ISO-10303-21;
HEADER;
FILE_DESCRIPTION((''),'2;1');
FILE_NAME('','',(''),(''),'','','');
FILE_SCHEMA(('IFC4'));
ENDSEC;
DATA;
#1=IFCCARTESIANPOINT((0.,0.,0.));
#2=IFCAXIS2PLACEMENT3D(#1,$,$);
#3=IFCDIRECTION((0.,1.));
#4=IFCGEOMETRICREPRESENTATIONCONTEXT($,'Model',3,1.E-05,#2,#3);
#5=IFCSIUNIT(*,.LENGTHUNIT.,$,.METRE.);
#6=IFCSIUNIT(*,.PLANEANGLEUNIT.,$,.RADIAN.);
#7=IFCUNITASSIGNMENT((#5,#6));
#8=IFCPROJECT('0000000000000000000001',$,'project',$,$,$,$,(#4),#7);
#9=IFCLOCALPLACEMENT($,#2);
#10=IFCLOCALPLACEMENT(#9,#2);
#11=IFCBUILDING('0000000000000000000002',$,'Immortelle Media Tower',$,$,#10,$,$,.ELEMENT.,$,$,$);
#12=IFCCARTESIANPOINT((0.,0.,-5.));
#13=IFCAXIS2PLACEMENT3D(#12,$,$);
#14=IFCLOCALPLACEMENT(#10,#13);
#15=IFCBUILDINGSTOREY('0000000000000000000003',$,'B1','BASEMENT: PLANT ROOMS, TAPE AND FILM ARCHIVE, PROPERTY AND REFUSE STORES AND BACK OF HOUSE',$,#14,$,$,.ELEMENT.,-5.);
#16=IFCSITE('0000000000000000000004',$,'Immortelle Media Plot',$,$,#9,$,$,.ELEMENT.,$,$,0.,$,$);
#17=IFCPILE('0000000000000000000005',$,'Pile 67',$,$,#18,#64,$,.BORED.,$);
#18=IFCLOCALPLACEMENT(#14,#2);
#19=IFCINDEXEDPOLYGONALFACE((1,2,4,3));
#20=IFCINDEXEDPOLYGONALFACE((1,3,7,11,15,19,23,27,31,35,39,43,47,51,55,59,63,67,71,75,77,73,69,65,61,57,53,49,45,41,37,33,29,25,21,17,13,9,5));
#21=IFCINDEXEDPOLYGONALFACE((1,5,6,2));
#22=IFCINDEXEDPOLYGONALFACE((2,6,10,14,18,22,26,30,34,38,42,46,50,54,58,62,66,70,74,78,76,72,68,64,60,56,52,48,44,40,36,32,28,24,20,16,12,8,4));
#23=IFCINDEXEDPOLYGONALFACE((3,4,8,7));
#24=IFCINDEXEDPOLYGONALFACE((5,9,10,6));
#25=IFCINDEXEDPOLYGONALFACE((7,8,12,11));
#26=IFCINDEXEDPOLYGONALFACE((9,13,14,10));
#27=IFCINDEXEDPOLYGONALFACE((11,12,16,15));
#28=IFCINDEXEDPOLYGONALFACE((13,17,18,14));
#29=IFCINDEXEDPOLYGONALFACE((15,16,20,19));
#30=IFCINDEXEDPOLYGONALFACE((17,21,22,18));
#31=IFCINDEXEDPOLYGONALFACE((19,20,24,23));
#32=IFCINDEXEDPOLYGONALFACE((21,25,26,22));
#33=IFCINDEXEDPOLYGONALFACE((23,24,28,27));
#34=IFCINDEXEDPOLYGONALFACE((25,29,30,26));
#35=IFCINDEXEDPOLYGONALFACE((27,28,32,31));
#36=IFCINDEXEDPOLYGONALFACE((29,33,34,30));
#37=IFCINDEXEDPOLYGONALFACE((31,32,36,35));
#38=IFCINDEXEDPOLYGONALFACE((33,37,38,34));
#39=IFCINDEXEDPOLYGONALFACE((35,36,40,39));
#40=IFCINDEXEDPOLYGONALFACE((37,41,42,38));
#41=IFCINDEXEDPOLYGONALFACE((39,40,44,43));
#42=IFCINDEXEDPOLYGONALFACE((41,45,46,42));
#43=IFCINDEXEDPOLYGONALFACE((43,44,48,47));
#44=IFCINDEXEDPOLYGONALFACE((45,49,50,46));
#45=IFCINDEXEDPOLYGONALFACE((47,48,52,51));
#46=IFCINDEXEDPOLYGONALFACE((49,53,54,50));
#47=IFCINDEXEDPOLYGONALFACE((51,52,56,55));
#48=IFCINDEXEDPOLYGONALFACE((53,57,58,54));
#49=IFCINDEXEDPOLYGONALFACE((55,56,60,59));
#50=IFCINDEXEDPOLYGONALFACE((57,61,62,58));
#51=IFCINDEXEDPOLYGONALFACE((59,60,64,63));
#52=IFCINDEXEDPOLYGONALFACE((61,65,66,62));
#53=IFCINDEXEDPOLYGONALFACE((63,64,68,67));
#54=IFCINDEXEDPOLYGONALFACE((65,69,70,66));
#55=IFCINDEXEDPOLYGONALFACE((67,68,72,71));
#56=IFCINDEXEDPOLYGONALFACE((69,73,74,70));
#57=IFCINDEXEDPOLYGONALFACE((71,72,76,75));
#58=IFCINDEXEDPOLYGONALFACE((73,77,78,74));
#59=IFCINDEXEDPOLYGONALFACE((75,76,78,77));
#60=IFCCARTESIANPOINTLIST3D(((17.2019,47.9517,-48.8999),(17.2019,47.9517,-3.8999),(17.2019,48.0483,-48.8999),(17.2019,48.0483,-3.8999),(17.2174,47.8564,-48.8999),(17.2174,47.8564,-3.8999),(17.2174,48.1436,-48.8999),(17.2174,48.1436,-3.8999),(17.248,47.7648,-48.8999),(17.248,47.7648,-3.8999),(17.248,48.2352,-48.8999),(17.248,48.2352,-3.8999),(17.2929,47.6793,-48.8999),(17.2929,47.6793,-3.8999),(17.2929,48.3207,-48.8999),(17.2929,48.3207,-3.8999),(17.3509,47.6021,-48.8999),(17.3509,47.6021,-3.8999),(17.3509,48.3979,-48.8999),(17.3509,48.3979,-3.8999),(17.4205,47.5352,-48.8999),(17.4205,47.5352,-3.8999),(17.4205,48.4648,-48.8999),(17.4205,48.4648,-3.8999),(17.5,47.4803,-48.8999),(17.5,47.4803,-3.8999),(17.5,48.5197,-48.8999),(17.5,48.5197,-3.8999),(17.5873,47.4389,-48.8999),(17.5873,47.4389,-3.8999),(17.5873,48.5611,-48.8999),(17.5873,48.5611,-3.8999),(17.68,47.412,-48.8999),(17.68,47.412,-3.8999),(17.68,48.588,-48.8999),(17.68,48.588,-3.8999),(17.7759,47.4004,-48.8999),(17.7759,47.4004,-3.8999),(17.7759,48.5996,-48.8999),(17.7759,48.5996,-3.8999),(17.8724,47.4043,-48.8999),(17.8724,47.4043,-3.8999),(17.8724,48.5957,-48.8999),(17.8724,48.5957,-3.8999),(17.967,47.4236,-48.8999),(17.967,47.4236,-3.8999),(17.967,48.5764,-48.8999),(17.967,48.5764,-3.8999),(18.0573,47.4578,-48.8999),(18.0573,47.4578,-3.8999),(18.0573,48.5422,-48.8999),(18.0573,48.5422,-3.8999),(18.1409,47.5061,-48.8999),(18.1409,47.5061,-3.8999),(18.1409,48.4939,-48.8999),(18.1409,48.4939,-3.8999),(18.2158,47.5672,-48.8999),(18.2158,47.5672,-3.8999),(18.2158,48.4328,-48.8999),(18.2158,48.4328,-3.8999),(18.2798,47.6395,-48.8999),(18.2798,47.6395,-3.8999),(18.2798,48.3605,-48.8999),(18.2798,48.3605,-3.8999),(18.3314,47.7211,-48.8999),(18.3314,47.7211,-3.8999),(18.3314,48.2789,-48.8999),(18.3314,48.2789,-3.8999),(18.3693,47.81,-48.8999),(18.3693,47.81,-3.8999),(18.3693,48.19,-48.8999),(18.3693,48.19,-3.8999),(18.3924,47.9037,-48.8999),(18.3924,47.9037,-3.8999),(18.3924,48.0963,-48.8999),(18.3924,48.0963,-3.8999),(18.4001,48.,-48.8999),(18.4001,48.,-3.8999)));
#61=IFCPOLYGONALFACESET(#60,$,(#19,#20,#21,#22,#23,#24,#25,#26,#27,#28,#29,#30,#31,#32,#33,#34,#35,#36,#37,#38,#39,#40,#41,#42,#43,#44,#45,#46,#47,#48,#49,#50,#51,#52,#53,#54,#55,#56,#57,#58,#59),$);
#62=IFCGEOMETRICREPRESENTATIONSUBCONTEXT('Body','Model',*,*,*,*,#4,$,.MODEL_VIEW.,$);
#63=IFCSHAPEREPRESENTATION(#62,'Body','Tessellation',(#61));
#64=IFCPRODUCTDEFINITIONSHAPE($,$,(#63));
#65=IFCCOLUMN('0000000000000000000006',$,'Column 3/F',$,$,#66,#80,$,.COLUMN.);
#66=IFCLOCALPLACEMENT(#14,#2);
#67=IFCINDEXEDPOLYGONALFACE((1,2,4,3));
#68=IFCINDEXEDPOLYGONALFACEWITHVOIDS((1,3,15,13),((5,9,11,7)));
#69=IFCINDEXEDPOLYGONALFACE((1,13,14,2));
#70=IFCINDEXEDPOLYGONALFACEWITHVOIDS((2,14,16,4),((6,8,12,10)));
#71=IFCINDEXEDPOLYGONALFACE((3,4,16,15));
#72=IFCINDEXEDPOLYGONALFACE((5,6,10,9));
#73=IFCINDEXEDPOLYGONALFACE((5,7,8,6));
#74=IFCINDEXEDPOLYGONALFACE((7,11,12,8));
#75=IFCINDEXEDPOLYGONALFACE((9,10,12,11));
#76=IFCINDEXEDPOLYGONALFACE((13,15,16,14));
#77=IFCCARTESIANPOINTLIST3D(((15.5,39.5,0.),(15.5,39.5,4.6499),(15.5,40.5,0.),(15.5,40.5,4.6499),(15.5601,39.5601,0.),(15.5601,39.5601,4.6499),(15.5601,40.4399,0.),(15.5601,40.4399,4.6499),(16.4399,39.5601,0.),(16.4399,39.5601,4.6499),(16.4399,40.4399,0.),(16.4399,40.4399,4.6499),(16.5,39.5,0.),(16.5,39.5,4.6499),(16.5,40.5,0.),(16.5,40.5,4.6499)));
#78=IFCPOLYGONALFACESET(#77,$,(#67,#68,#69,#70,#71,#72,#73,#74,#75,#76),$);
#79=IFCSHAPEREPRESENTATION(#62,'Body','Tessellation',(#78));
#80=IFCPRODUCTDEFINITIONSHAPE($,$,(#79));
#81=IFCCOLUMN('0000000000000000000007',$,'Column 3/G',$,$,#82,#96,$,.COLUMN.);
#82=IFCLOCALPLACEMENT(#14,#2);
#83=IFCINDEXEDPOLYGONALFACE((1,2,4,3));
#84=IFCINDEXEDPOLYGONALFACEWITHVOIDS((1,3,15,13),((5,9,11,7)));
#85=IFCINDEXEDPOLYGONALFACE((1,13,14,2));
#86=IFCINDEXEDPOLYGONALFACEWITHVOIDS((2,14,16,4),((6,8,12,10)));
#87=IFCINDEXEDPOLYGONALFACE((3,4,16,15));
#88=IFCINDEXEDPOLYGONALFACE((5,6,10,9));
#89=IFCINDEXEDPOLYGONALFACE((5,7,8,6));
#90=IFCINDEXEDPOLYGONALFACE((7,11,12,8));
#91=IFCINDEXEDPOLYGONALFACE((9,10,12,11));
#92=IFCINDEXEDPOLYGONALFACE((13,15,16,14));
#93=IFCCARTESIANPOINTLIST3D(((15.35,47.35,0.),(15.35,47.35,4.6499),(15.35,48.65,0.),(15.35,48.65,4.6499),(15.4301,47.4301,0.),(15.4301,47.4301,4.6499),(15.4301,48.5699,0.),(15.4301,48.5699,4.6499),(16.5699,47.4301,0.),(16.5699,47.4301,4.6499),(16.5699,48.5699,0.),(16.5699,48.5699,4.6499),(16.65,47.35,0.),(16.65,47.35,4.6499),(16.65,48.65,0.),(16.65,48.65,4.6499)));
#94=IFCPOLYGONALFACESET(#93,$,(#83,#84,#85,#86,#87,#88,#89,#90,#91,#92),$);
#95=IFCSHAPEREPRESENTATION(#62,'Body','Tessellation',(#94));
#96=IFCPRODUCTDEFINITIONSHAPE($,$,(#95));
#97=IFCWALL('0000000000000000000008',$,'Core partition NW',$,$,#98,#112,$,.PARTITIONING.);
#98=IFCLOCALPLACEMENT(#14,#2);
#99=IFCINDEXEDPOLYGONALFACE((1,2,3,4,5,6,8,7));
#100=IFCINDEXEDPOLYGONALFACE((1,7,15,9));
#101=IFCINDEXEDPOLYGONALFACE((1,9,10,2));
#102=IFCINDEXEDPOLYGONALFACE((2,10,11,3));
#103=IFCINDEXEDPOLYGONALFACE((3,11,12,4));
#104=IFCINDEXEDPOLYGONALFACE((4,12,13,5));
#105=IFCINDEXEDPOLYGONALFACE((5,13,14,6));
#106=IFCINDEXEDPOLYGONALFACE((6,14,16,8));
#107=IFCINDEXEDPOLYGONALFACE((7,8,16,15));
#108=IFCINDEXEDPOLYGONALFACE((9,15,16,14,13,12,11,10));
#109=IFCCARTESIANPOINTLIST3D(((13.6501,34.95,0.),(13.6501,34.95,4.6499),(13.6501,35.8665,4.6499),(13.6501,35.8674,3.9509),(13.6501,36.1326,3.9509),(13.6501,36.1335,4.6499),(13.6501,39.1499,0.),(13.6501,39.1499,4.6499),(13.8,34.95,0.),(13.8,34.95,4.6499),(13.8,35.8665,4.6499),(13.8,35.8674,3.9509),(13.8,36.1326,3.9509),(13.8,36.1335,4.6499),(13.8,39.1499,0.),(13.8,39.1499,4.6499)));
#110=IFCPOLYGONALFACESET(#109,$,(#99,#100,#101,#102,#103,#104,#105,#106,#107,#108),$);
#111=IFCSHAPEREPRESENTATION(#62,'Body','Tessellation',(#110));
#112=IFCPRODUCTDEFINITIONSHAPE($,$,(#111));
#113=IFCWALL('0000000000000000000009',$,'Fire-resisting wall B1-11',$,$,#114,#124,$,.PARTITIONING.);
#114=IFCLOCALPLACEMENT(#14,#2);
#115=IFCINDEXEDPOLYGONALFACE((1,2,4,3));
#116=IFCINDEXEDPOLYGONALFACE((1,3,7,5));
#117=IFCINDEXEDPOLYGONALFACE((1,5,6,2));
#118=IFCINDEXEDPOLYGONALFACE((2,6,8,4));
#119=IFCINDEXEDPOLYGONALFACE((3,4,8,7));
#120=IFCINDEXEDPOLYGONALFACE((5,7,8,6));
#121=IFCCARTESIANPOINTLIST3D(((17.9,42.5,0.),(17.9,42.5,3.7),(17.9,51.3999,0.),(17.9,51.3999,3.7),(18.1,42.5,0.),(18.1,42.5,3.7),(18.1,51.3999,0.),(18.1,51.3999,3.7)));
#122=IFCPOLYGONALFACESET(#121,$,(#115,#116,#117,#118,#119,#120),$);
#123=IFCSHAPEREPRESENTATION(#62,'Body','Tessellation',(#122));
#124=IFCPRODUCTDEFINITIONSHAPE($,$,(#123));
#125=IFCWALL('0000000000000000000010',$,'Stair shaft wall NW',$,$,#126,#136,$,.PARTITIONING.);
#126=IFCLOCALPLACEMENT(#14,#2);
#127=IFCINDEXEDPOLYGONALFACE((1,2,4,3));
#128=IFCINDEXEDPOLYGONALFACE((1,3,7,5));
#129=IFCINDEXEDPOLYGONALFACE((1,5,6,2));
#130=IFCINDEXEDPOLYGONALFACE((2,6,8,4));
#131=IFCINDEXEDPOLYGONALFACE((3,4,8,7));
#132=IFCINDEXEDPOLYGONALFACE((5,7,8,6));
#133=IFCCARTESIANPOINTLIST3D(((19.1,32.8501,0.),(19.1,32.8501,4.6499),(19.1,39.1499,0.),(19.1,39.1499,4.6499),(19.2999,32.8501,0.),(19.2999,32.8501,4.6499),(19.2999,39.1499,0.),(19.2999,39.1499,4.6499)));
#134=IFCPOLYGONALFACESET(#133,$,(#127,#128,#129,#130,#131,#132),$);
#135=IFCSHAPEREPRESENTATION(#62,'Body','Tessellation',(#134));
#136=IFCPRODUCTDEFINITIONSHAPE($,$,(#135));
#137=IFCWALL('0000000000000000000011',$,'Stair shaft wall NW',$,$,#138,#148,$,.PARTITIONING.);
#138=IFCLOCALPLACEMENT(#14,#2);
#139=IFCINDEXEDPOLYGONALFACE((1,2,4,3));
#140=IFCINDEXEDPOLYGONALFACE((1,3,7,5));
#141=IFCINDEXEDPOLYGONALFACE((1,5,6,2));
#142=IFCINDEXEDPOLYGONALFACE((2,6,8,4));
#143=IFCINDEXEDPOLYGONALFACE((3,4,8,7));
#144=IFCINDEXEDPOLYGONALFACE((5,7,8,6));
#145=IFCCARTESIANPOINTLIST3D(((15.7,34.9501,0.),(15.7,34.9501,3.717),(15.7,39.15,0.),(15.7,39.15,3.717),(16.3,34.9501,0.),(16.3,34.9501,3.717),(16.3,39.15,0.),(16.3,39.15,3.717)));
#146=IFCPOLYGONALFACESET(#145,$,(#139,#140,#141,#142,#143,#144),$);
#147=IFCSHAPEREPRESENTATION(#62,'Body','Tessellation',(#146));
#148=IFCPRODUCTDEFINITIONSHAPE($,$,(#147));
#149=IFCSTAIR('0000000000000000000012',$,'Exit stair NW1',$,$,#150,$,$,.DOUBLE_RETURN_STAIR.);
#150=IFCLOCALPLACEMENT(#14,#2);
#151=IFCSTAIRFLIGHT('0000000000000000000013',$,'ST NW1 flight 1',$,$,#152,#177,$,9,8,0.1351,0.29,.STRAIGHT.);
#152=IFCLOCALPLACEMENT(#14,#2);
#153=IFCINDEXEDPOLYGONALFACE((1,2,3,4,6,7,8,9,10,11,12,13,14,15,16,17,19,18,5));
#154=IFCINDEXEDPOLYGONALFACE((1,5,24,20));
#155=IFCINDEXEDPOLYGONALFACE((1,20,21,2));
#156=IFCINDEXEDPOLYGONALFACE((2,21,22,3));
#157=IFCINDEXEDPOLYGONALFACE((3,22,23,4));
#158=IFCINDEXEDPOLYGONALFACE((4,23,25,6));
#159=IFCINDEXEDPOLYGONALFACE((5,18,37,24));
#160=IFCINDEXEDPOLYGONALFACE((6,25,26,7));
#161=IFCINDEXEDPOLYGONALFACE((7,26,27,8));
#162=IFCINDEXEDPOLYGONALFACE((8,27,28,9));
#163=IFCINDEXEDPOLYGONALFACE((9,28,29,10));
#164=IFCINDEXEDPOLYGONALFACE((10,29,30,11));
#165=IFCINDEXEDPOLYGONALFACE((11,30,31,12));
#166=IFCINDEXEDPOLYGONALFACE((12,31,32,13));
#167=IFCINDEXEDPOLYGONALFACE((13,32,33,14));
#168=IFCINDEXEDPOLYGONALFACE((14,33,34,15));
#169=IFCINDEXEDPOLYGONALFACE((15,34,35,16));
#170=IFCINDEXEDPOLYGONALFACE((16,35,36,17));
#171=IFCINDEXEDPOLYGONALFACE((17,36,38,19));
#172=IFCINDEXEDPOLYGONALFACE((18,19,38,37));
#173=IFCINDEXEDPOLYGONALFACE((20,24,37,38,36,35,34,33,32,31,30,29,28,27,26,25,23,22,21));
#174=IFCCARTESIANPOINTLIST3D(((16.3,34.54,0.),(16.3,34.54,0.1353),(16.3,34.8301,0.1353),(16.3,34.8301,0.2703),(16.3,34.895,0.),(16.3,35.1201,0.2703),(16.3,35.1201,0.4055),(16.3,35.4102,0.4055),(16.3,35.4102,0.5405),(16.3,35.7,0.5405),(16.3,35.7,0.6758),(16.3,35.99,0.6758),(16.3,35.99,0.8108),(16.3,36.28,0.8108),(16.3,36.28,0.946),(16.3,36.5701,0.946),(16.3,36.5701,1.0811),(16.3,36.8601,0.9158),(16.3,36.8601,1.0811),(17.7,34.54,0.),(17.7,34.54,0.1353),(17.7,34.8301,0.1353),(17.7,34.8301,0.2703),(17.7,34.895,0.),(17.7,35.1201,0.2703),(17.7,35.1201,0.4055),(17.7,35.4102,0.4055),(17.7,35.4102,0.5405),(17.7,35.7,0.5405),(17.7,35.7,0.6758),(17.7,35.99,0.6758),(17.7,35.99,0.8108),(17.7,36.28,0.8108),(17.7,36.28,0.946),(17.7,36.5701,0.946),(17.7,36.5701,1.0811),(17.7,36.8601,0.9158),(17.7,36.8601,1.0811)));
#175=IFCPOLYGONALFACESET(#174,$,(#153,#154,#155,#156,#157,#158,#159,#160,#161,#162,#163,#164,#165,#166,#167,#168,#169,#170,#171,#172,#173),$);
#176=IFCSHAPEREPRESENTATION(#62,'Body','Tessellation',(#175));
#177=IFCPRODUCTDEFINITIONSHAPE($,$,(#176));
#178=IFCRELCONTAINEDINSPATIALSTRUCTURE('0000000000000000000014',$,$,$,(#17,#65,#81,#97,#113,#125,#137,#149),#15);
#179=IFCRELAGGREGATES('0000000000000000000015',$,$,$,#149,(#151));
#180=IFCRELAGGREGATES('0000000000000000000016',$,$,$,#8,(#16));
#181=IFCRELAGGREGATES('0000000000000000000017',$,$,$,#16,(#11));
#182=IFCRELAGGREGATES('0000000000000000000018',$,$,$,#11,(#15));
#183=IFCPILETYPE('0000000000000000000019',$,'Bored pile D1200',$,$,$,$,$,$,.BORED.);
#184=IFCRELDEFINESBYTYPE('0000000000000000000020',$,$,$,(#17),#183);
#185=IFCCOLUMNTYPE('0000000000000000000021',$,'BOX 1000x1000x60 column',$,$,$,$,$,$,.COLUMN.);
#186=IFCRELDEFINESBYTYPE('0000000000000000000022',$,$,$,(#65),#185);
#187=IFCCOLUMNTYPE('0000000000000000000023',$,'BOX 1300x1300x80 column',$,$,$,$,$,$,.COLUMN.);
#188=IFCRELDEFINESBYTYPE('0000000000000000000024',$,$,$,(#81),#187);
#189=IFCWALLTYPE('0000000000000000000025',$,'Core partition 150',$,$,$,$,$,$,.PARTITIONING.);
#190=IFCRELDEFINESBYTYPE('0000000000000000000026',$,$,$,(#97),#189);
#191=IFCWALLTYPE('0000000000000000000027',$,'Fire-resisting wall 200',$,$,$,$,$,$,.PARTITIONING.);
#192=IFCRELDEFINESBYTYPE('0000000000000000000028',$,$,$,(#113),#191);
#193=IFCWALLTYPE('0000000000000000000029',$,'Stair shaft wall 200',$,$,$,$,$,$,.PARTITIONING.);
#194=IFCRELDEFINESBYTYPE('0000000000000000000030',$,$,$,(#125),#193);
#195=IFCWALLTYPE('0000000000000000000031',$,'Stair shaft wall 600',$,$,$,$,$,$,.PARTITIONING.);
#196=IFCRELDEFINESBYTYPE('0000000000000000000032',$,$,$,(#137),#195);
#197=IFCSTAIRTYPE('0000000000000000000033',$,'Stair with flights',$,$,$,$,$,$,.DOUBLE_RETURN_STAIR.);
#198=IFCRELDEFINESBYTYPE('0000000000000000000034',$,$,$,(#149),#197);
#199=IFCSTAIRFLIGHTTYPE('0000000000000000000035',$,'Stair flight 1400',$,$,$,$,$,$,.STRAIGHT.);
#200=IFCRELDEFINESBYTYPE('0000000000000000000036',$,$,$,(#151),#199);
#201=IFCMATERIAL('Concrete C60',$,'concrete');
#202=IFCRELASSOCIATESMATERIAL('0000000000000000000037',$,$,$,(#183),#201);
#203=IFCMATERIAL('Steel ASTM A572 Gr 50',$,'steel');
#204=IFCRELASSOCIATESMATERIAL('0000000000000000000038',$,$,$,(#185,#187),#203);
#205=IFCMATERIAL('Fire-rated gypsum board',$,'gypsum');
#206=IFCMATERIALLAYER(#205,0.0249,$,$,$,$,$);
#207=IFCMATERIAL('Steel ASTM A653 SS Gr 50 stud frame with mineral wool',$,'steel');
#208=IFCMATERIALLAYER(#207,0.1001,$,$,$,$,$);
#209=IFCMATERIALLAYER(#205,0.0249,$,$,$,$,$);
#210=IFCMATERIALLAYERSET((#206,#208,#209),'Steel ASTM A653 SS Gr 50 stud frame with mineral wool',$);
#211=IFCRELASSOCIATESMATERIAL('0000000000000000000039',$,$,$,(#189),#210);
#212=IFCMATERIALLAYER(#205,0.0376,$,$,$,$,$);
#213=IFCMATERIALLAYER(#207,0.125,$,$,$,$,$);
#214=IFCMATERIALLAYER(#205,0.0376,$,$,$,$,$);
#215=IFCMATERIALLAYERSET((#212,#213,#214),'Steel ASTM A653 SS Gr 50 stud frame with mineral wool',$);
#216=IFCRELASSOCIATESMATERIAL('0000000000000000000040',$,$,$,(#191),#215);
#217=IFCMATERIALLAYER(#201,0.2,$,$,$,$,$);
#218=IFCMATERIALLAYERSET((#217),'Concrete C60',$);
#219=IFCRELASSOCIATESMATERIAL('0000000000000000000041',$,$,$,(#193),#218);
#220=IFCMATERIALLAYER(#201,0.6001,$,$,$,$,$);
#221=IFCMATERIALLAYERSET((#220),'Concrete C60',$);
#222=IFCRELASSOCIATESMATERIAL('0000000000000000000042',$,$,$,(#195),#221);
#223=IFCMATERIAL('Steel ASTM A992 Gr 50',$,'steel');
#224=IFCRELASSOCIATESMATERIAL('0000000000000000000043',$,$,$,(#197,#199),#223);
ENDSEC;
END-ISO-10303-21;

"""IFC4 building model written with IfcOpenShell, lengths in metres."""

from ifc_helpers import new_model, si_unit, direction, frame, frame_2d, origin, origin_2d, place, context, subcontext, project, spatial, polyline, rectangle, hollow_rectangle, circle, outline, extrude, material, layer, layer_set, material_profile, profile_set, type_object, element, aggregate, save


model = new_model("IFC4")

# Units and contexts
model_context = context("Model", 3, precision=1e-05, world=origin(), true_north=direction((0.0, 1.0)))
body_context = subcontext(model_context, "Body", "Model", "MODEL_VIEW")
ifc_project = project(units=[si_unit("LENGTHUNIT", "METRE"), si_unit("PLANEANGLEUNIT", "RADIAN")], contexts=[model_context])

# Site, building, storey
site_placement = place(None, origin())
site = spatial("IfcSite", under=ifc_project, at=site_placement, Name="Immortelle Media Plot", CompositionType="ELEMENT", RefElevation=0.0)
building_placement = place(site_placement, origin())
building = spatial("IfcBuilding", under=site, at=building_placement, Name="Immortelle Media Tower", CompositionType="ELEMENT")
storey_placement = place(building_placement, frame((0.0, 0.0, -5.0)))
storey = spatial("IfcBuildingStorey", under=building, at=storey_placement, Name="B1", Description="BASEMENT: PLANT ROOMS, TAPE AND FILM ARCHIVE, PROPERTY AND REFUSE STORES AND BACK OF HOUSE", CompositionType="ELEMENT", Elevation=-5.0)

# Pile
ifc_material_1 = material(Name="Concrete C60", Category="concrete")
ifc_material_profile_1 = material_profile(ifc_material_1, circle(Radius=0.6001, at=origin_2d()), Name="Bored pile D1200")
ifc_profile_set_1 = profile_set([ifc_material_profile_1], Name="Concrete C60")
pile_type = type_object("IfcPileType", Name="Bored pile D1200", PredefinedType="BORED", material=ifc_profile_set_1)
for number, where, z_axis, x_axis, name in (
    (1, (17.8, 48.0, -3.8999), (0.0, 0.0, -1.0), (1.0, 0.0, 0.0), "Pile 67"),
):
    element("IfcPile", number, at=place(storey_placement, frame(where, z_axis=z_axis, x_axis=x_axis)), inside=storey, type_object=pile_type, Name=name, PredefinedType="BORED", context=body_context, shape_type="SweptSolid", body=[
        extrude(circle(Radius=0.6001, at=origin_2d()), origin(), (0.0, 0.0, 1.0), 45.0),
    ])

# Columns
ifc_material_2 = material(Name="Steel ASTM A572 Gr 50", Category="steel")
ifc_material_profile_2 = material_profile(ifc_material_2, hollow_rectangle(XDim=1.0, YDim=1.0, WallThickness=0.0601, at=origin_2d()), Name="BOX 1000x1000x60 column")
ifc_profile_set_2 = profile_set([ifc_material_profile_2], Name="Steel ASTM A572 Gr 50")
column_type_1 = type_object("IfcColumnType", Name="BOX 1000x1000x60 column", PredefinedType="COLUMN", material=ifc_profile_set_2)
column_1_placement = place(storey_placement, frame((16.0, 40.0, 0.0), z_axis=(0.0, 0.0, 1.0), x_axis=(1.0, 0.0, 0.0)))
element("IfcColumn", 2, at=column_1_placement, inside=storey, type_object=column_type_1, Name="Column 3/F", PredefinedType="COLUMN", context=body_context, shape_type="SweptSolid", body=[
    extrude(hollow_rectangle(XDim=1.0, YDim=1.0, WallThickness=0.0601, at=origin_2d()), origin(), (0.0, 0.0, 1.0), 4.6499),
])
ifc_material_profile_3 = material_profile(ifc_material_2, hollow_rectangle(XDim=1.3, YDim=1.3, WallThickness=0.0801, at=origin_2d()), Name="BOX 1300x1300x80 column")
ifc_profile_set_3 = profile_set([ifc_material_profile_3], Name="Steel ASTM A572 Gr 50")
column_type_2 = type_object("IfcColumnType", Name="BOX 1300x1300x80 column", PredefinedType="COLUMN", material=ifc_profile_set_3)
column_2_placement = place(storey_placement, frame((16.0, 48.0, 0.0), z_axis=(0.0, 0.0, 1.0), x_axis=(1.0, 0.0, 0.0)))
element("IfcColumn", 3, at=column_2_placement, inside=storey, type_object=column_type_2, Name="Column 3/G", PredefinedType="COLUMN", context=body_context, shape_type="SweptSolid", body=[
    extrude(hollow_rectangle(XDim=1.3, YDim=1.3, WallThickness=0.0801, at=origin_2d()), origin(), (0.0, 0.0, 1.0), 4.6499),
])

# Walls
ifc_material_3 = material(Name="Fire-rated gypsum board", Category="gypsum")
ifc_layer_1 = layer(ifc_material_3, 0.0249)
ifc_material_4 = material(Name="Steel ASTM A653 SS Gr 50 stud frame with mineral wool", Category="steel")
ifc_layer_2 = layer(ifc_material_4, 0.1001)
ifc_layer_3 = layer(ifc_material_3, 0.0249)
ifc_layer_set_1 = layer_set([ifc_layer_1, ifc_layer_2, ifc_layer_3], Name="Steel ASTM A653 SS Gr 50 stud frame with mineral wool")
wall_type_1 = type_object("IfcWallType", Name="Core partition 150", PredefinedType="PARTITIONING", material=ifc_layer_set_1)
wall_1_placement = place(storey_placement, frame((13.7251, 34.95, 0.0), z_axis=(0.0, 0.0, 1.0), x_axis=(0.0, 1.0, 0.0)))
element("IfcWall", 4, at=wall_1_placement, inside=storey, type_object=wall_type_1, Name="Core partition NW", PredefinedType="PARTITIONING", context=body_context, shape_type="SweptSolid", body=[
    extrude(outline(polyline([(0.0, 0.0), (4.2, 0.0), (4.2, 4.6499), (1.1836, 4.6499), (1.1826, 3.9509), (0.9175, 3.9509), (0.9165, 4.6499), (0.0, 4.6499), (0.0, 0.0)])), frame((0.0, 0.075, 0.0), z_axis=(0.0, -1.0, 0.0), x_axis=(1.0, 0.0, 0.0)), (0.0, 0.0, 1.0), 0.1499),
])
ifc_layer_4 = layer(ifc_material_3, 0.0376)
ifc_layer_5 = layer(ifc_material_4, 0.125)
ifc_layer_6 = layer(ifc_material_3, 0.0376)
ifc_layer_set_2 = layer_set([ifc_layer_4, ifc_layer_5, ifc_layer_6], Name="Steel ASTM A653 SS Gr 50 stud frame with mineral wool")
wall_type_2 = type_object("IfcWallType", Name="Fire-resisting wall 200", PredefinedType="PARTITIONING", material=ifc_layer_set_2)
wall_2_placement = place(storey_placement, frame((18.0, 42.5, 0.0), z_axis=(0.0, 0.0, 1.0), x_axis=(0.0, 1.0, 0.0)))
element("IfcWall", 5, at=wall_2_placement, inside=storey, type_object=wall_type_2, Name="Fire-resisting wall B1-11", PredefinedType="PARTITIONING", context=body_context, shape_type="SweptSolid", body=[
    extrude(rectangle(XDim=8.8999, YDim=0.2, at=frame_2d((4.45, 0.0))), origin(), (0.0, 0.0, 1.0), 3.7),
])
ifc_layer_7 = layer(ifc_material_1, 0.2)
ifc_layer_set_3 = layer_set([ifc_layer_7], Name="Concrete C60")
wall_type_3 = type_object("IfcWallType", Name="Stair shaft wall 200", PredefinedType="PARTITIONING", material=ifc_layer_set_3)
wall_3_placement = place(storey_placement, frame((19.2, 32.8501, 0.0), z_axis=(0.0, 0.0, 1.0), x_axis=(0.0, 1.0, 0.0)))
element("IfcWall", 6, at=wall_3_placement, inside=storey, type_object=wall_type_3, Name="Stair shaft wall NW", PredefinedType="PARTITIONING", context=body_context, shape_type="SweptSolid", body=[
    extrude(rectangle(XDim=6.2998, YDim=0.2, at=frame_2d((3.1499, 0.0))), origin(), (0.0, 0.0, 1.0), 4.6499),
])
ifc_layer_8 = layer(ifc_material_1, 0.6001)
ifc_layer_set_4 = layer_set([ifc_layer_8], Name="Concrete C60")
wall_type_4 = type_object("IfcWallType", Name="Stair shaft wall 600", PredefinedType="PARTITIONING", material=ifc_layer_set_4)
wall_4_placement = place(storey_placement, frame((16.0, 34.95, 0.0), z_axis=(0.0, 0.0, 1.0), x_axis=(0.0, 1.0, 0.0)))
element("IfcWall", 7, at=wall_4_placement, inside=storey, type_object=wall_type_4, Name="Stair shaft wall NW", PredefinedType="PARTITIONING", context=body_context, shape_type="SweptSolid", body=[
    extrude(rectangle(XDim=4.2, YDim=0.6001, at=frame_2d((2.1001, 0.0))), origin(), (0.0, 0.0, 1.0), 3.717),
])

# Stair, stair flight
ifc_material_5 = material(Name="Steel ASTM A992 Gr 50", Category="steel")
stair_type = type_object("IfcStairType", Name="Stair with flights", PredefinedType="DOUBLE_RETURN_STAIR", material=ifc_material_5)
stair_1_placement = place(storey_placement, origin())
stair_1 = element("IfcStair", 8, at=stair_1_placement, inside=storey, type_object=stair_type, Name="Exit stair NW1", PredefinedType="DOUBLE_RETURN_STAIR")
stair_flight_type = type_object("IfcStairFlightType", Name="Stair flight 1400", PredefinedType="STRAIGHT", material=ifc_material_5)
stair_flight_1_placement = place(storey_placement, frame((17.0, 34.54, 0.0), z_axis=(0.0, 0.0, 1.0), x_axis=(0.0, 1.0, 0.0)))
stair_flight_1 = element("IfcStairFlight", 9, at=stair_flight_1_placement, type_object=stair_flight_type, Name="ST NW1 flight 1", NumberOfRisers=9, NumberOfTreads=8, PredefinedType="STRAIGHT", RiserHeight=0.1351, TreadLength=0.29, context=body_context, shape_type="SweptSolid", body=[
    extrude(outline(polyline([(0.0, 0.0), (0.0, 0.1353), (0.29, 0.1353), (0.29, 0.2703), (0.5801, 0.2703), (0.5801, 0.4055), (0.8701, 0.4055), (0.8701, 0.5405), (1.1599, 0.5405), (1.1599, 0.6758), (1.45, 0.6758), (1.45, 0.8108), (1.74, 0.8108), (1.74, 0.946), (2.03, 0.946), (2.03, 1.0811), (2.3201, 1.0811), (2.3201, 1.2163), (2.3201, 0.9158), (0.355, 0.0), (0.0, 0.0)])), frame((0.0, 0.7, 0.0), z_axis=(0.0, -1.0, 0.0), x_axis=(1.0, 0.0, 0.0)), (0.0, 0.0, 1.0), 1.3999),
])
aggregate(stair_1, [stair_flight_1])

save(model, "model.ifc")
